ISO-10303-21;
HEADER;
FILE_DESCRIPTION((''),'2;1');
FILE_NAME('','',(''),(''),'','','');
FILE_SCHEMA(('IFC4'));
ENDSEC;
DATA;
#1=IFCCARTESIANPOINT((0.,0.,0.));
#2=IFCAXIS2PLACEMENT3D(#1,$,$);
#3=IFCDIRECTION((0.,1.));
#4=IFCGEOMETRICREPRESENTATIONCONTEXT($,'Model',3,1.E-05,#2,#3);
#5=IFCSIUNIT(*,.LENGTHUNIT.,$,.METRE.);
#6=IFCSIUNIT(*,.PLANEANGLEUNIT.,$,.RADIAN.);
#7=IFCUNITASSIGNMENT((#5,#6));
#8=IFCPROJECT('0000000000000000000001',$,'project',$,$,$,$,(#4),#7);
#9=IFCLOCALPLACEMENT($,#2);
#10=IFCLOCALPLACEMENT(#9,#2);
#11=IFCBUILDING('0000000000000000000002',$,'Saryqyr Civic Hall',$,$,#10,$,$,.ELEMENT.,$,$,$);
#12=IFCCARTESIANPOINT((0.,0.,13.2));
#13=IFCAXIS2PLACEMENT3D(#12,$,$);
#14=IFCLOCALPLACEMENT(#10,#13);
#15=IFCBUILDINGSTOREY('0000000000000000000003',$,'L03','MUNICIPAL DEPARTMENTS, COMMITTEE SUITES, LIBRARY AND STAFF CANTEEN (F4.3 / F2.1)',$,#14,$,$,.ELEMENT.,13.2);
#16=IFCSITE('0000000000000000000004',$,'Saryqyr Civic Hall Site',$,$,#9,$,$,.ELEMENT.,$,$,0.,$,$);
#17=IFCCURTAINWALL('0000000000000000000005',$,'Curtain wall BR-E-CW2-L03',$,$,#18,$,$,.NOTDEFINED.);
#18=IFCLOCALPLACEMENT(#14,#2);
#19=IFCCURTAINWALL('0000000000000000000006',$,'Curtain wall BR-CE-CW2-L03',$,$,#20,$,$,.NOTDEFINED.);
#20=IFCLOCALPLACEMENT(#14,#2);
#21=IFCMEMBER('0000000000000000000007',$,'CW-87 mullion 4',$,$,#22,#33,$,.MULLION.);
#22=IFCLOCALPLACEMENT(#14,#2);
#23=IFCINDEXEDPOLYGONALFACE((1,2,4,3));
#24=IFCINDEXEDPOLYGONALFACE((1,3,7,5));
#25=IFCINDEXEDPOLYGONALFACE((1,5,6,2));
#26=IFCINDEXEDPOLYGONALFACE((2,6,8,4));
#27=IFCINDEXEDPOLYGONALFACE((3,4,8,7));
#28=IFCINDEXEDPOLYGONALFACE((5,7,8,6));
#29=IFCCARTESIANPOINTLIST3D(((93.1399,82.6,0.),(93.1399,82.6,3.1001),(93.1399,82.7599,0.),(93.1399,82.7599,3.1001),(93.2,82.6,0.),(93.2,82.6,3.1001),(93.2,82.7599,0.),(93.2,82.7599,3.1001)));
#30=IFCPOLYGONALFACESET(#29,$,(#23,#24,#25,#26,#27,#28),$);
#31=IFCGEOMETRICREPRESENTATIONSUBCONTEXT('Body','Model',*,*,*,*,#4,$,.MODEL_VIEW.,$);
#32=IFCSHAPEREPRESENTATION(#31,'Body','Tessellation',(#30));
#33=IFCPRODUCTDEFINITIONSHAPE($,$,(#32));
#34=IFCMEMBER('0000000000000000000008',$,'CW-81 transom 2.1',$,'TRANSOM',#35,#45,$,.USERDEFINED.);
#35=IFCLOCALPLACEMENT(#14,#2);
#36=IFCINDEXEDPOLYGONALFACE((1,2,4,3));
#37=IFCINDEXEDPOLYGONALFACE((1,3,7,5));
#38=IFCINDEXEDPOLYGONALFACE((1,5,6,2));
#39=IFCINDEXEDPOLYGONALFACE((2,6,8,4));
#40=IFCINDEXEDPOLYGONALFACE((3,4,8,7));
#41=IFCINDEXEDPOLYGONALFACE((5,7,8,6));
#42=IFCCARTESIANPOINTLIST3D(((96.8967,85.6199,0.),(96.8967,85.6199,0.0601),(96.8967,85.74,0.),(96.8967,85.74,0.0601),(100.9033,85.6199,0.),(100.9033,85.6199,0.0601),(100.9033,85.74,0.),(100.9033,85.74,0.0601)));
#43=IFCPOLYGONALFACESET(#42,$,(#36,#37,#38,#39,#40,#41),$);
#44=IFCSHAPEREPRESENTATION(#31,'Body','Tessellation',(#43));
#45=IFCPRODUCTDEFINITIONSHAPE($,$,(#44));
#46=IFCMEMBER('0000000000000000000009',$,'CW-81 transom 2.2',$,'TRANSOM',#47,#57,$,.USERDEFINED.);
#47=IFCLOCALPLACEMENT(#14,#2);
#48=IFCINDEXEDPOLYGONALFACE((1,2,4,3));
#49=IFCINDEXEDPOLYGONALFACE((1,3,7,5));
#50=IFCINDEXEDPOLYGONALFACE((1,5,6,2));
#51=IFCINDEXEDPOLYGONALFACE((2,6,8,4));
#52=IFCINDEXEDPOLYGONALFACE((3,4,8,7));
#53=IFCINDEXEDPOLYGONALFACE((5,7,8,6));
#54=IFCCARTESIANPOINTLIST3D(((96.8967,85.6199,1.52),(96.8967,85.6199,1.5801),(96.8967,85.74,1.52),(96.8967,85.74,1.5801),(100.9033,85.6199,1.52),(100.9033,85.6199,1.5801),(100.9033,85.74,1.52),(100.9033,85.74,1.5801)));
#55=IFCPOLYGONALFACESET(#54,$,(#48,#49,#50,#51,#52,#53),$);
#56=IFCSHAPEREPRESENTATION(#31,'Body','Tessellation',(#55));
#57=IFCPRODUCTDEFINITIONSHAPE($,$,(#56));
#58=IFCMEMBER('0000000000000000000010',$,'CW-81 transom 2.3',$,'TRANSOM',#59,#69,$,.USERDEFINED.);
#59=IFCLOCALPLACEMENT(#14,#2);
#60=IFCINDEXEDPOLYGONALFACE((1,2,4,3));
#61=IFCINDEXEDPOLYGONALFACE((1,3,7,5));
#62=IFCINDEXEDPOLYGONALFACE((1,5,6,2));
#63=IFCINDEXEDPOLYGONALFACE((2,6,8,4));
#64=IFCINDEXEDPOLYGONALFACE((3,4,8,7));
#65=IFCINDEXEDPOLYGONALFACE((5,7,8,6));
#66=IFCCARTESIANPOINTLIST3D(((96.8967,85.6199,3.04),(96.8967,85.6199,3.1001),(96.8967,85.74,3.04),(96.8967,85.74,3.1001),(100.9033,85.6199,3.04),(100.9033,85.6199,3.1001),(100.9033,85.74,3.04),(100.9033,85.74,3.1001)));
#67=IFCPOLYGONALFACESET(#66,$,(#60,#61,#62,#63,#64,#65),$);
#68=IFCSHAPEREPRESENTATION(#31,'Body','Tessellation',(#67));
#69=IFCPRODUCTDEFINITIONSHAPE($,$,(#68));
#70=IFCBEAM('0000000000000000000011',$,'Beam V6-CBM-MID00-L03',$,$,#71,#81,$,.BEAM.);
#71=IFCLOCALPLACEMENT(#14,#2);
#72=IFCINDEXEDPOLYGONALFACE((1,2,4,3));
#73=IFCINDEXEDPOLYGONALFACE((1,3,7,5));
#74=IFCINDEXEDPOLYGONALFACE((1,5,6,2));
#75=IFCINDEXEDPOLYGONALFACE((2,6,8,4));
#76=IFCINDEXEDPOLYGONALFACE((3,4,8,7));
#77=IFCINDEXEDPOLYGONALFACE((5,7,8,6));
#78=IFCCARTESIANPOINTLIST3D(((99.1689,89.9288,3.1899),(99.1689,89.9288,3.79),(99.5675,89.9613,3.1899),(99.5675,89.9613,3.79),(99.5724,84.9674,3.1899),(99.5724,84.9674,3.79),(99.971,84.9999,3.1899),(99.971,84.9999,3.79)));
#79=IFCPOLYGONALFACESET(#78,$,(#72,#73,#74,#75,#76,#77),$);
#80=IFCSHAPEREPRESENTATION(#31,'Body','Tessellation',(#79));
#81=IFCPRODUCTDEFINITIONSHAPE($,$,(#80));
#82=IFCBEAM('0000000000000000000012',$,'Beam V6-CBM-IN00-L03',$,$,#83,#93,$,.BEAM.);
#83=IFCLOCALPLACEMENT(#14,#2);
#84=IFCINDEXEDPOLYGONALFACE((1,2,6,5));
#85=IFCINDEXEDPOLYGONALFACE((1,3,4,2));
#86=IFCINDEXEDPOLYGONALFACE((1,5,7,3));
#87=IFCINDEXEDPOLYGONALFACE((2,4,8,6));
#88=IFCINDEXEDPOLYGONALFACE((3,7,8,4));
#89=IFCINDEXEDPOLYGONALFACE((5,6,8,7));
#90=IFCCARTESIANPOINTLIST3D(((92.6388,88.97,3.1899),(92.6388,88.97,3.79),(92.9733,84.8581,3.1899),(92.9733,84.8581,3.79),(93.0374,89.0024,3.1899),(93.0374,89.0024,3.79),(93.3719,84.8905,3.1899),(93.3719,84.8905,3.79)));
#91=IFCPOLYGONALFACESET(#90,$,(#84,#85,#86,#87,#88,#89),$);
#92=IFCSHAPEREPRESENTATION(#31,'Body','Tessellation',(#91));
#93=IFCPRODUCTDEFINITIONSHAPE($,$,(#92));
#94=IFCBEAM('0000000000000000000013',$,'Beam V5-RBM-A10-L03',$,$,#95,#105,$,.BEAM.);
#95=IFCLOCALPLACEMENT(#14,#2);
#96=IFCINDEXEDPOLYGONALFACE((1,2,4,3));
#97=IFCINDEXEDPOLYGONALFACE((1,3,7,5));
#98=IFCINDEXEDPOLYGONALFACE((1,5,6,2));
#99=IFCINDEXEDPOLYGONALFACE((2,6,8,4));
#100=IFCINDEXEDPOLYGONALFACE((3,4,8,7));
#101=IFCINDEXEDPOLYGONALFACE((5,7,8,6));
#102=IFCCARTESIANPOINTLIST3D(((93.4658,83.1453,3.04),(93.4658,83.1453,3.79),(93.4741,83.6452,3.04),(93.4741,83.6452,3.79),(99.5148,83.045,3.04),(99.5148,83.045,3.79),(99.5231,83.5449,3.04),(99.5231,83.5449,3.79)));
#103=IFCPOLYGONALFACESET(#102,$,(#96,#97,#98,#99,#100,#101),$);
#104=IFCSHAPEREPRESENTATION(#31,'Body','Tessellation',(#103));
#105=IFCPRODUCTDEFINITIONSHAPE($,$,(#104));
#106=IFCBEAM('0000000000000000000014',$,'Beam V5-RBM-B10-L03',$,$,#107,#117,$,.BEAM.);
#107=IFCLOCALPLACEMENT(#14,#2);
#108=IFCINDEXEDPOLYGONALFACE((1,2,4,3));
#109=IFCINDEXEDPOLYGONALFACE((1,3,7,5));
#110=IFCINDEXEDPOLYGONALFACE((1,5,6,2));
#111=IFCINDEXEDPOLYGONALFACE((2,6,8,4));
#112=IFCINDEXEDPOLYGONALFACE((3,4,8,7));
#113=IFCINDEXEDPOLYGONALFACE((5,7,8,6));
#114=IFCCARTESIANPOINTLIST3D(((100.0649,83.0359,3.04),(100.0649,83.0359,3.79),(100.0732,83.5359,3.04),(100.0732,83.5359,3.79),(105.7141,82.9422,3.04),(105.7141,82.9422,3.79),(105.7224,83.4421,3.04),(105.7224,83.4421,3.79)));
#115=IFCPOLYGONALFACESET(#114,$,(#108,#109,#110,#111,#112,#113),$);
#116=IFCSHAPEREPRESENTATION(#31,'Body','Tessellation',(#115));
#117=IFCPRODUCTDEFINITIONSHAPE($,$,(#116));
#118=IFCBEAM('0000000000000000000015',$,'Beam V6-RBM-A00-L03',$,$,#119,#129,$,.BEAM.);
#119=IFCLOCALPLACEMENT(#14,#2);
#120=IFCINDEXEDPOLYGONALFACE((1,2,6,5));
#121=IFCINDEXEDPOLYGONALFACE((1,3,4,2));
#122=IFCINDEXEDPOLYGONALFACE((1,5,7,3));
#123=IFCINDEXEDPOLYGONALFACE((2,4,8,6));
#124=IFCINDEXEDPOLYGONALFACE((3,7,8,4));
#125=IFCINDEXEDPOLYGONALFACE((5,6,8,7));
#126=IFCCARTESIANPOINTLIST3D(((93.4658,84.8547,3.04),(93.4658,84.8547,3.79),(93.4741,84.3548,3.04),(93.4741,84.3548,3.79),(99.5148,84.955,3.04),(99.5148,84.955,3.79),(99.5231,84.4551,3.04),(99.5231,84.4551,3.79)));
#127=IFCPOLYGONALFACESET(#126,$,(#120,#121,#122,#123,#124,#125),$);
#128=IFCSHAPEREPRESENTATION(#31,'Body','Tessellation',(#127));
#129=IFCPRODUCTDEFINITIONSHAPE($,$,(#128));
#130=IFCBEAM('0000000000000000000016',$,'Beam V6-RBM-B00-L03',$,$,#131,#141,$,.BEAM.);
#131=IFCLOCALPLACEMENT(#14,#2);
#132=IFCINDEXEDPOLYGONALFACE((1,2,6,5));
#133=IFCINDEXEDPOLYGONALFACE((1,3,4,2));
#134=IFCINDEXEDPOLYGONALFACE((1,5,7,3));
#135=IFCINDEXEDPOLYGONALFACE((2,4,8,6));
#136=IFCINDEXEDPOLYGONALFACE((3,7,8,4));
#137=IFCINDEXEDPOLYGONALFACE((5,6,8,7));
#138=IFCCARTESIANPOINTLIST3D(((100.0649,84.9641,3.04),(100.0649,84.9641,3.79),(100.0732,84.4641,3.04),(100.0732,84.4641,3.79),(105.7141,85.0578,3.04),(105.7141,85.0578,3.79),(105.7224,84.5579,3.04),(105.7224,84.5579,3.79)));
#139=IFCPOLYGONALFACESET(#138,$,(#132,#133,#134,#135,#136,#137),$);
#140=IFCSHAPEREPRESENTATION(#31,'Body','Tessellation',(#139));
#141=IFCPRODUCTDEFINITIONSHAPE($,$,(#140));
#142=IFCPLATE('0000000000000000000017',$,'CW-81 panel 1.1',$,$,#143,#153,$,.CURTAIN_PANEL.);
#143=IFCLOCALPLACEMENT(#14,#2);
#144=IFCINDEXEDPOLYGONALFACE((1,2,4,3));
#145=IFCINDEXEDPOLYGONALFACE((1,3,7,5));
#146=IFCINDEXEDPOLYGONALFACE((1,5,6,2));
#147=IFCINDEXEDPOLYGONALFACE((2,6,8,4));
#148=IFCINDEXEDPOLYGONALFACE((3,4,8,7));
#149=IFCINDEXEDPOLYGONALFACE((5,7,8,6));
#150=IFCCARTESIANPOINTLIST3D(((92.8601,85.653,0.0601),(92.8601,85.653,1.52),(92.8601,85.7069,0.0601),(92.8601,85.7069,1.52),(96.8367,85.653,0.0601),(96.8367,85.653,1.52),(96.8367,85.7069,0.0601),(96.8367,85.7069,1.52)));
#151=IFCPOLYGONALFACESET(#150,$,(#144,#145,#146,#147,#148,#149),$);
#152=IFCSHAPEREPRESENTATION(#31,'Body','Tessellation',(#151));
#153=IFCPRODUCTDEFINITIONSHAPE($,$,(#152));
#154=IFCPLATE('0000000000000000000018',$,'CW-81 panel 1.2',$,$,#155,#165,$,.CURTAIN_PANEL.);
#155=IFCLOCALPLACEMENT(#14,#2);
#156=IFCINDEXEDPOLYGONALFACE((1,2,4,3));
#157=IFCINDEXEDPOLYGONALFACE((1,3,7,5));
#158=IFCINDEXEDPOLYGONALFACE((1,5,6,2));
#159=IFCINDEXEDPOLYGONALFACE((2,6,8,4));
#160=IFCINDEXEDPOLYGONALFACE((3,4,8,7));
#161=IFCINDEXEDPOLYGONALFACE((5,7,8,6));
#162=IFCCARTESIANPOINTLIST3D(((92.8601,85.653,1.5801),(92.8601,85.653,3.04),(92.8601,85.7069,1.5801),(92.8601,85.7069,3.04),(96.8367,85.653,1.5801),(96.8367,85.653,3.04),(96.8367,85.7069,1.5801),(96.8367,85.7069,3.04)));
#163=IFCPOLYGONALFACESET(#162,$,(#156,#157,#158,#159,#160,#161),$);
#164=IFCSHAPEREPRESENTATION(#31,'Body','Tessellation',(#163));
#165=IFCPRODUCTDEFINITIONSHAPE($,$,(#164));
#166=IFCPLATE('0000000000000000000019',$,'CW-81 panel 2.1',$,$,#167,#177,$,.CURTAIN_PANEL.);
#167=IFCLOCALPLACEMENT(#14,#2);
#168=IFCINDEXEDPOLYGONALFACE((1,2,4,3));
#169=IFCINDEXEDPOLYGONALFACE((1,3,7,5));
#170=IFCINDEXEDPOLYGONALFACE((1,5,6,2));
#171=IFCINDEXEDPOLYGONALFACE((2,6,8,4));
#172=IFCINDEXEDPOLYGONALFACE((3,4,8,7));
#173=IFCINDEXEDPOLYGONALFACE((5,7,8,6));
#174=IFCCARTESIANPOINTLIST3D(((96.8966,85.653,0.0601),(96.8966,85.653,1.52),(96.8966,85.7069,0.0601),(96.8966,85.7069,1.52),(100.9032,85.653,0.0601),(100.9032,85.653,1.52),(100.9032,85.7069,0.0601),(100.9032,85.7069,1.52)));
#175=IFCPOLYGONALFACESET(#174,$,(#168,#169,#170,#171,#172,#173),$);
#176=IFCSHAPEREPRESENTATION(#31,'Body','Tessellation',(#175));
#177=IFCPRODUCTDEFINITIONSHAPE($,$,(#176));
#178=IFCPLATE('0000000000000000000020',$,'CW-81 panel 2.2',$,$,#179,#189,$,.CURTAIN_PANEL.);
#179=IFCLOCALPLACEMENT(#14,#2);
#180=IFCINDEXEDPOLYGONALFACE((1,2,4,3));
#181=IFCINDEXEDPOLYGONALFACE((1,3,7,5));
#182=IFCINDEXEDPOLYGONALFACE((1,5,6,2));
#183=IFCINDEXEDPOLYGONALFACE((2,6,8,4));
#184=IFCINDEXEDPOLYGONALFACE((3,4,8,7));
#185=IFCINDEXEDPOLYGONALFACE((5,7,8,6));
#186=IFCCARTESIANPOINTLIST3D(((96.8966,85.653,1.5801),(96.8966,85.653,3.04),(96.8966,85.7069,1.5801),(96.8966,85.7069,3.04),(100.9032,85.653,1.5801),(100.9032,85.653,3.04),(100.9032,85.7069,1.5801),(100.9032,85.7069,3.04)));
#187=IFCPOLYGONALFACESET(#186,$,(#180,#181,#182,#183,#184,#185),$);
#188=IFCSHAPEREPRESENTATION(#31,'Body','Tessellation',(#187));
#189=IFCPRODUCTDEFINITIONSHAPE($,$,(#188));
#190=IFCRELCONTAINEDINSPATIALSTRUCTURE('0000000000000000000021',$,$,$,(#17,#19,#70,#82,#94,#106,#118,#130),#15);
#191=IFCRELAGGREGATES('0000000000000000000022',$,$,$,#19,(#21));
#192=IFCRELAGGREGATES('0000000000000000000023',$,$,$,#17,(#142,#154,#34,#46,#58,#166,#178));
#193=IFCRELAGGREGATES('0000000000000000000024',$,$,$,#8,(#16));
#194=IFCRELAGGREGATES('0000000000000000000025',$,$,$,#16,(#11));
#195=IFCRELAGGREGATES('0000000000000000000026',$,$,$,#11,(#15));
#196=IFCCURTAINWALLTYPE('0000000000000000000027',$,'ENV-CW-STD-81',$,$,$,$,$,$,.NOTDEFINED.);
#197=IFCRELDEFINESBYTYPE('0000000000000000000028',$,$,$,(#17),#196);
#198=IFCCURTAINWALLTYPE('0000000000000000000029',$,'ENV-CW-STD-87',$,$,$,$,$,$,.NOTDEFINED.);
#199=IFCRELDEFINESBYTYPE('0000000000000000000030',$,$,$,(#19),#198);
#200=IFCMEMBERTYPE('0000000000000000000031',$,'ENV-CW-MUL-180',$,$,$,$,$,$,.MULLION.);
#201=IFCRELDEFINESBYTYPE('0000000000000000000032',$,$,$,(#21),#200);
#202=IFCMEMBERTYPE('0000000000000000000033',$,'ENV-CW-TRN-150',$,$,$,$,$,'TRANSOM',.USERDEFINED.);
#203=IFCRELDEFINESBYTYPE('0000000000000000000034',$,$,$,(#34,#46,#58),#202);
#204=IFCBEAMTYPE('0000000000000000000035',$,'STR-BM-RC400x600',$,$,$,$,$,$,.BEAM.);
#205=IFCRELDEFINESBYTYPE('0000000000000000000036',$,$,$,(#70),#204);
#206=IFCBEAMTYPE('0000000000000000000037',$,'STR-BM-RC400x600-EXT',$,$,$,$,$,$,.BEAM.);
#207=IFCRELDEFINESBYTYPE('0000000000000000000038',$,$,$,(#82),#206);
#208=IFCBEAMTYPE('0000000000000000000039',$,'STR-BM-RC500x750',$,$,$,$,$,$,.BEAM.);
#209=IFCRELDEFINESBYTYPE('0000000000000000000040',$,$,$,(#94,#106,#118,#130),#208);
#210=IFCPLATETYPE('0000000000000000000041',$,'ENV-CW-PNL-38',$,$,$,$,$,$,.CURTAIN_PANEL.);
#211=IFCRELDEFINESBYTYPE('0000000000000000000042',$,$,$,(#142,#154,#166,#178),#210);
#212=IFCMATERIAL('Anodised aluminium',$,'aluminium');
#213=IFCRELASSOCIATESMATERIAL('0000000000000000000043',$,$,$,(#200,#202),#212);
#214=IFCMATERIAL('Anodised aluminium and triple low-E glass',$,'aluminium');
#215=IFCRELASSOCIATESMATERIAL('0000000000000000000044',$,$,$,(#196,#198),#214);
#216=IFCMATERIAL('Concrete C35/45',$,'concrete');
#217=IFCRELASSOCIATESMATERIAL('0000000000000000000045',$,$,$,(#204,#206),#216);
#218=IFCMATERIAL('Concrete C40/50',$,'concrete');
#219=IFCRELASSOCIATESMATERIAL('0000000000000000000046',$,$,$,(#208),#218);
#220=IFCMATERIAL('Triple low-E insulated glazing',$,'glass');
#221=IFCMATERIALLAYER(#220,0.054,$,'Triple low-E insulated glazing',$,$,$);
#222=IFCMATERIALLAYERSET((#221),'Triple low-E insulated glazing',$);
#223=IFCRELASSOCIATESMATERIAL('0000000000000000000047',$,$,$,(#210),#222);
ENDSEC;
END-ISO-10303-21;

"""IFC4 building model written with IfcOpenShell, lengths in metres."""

from ifc_helpers import new_model, si_unit, direction, frame, origin, origin_2d, place, context, subcontext, project, spatial, rectangle, extrude, material, layer, layer_set, material_profile, profile_set, type_object, element, aggregate, save


model = new_model("IFC4")

# Units and contexts
model_context = context("Model", 3, precision=1e-05, world=origin(), true_north=direction((0.0, 1.0)))
body_context = subcontext(model_context, "Body", "Model", "MODEL_VIEW")
ifc_project = project(units=[si_unit("LENGTHUNIT", "METRE"), si_unit("PLANEANGLEUNIT", "RADIAN")], contexts=[model_context])

# Site, building, storey
site_placement = place(None, origin())
site = spatial("IfcSite", under=ifc_project, at=site_placement, Name="Saryqyr Civic Hall Site", CompositionType="ELEMENT", RefElevation=0.0)
building_placement = place(site_placement, origin())
building = spatial("IfcBuilding", under=site, at=building_placement, Name="Saryqyr Civic Hall", CompositionType="ELEMENT")
storey_placement = place(building_placement, frame((0.0, 0.0, 13.2)))
storey = spatial("IfcBuildingStorey", under=building, at=storey_placement, Name="L03", Description="MUNICIPAL DEPARTMENTS, COMMITTEE SUITES, LIBRARY AND STAFF CANTEEN (F4.3 / F2.1)", CompositionType="ELEMENT", Elevation=13.2)

# Shared definitions
ifc_material_1 = material(Name="Concrete C40/50", Category="concrete")

# Curtain walls, member
ifc_material_2 = material(Name="Anodised aluminium and triple low-E glass", Category="aluminium")
ifc_material_3 = material(Name="Anodised aluminium", Category="aluminium")
ifc_material_profile_1 = material_profile(ifc_material_3, rectangle(XDim=0.0601, YDim=0.1599, at=origin_2d()), Name="ALU MULLION 60x160")
ifc_profile_set_1 = profile_set([ifc_material_profile_1], Name="Anodised aluminium")
member_type_1 = type_object("IfcMemberType", Name="ENV-CW-MUL-180", PredefinedType="MULLION", material=ifc_profile_set_1)
curtain_wall_type_1 = type_object("IfcCurtainWallType", Name="ENV-CW-STD-81", PredefinedType="NOTDEFINED", material=ifc_material_2)
curtain_wall_1_placement = place(storey_placement, origin())
curtain_wall_1 = element("IfcCurtainWall", 1, at=curtain_wall_1_placement, inside=storey, type_object=curtain_wall_type_1, Name="Curtain wall BR-E-CW2-L03", PredefinedType="NOTDEFINED")
curtain_wall_type_2 = type_object("IfcCurtainWallType", Name="ENV-CW-STD-87", PredefinedType="NOTDEFINED", material=ifc_material_2)
curtain_wall_2_placement = place(storey_placement, origin())
curtain_wall_2 = element("IfcCurtainWall", 2, at=curtain_wall_2_placement, inside=storey, type_object=curtain_wall_type_2, Name="Curtain wall BR-CE-CW2-L03", PredefinedType="NOTDEFINED")
member_1_placement = place(storey_placement, frame((93.1699, 82.6799, 0.0), z_axis=(0.0, 0.0, 1.0), x_axis=(1.0, 0.0, 0.0)))
member_1 = element("IfcMember", 3, at=member_1_placement, type_object=member_type_1, Name="CW-87 mullion 4", PredefinedType="MULLION", context=body_context, shape_type="SweptSolid", body=[
    extrude(rectangle(XDim=0.0601, YDim=0.1599, at=origin_2d()), origin(), (0.0, 0.0, 1.0), 3.1001),
])
aggregate(curtain_wall_2, [member_1])

# Members
ifc_material_profile_2 = material_profile(ifc_material_3, rectangle(XDim=0.1201, YDim=0.0601, at=origin_2d()), Name="ALU TRANSOM 120x60")
ifc_profile_set_2 = profile_set([ifc_material_profile_2], Name="Anodised aluminium")
member_type_2 = type_object("IfcMemberType", Name="ENV-CW-TRN-150", ElementType="TRANSOM", PredefinedType="USERDEFINED", material=ifc_profile_set_2)
member_2_placement = place(storey_placement, frame((96.8967, 85.6799, 0.03), z_axis=(1.0, 0.0, 0.0), x_axis=(0.0, 1.0, 0.0)))
member_2 = element("IfcMember", 4, at=member_2_placement, type_object=member_type_2, Name="CW-81 transom 2.1", ObjectType="TRANSOM", PredefinedType="USERDEFINED", context=body_context, shape_type="SweptSolid", body=[
    extrude(rectangle(XDim=0.1201, YDim=0.0601, at=origin_2d()), origin(), (0.0, 0.0, 1.0), 4.0066),
])
member_3_placement = place(storey_placement, frame((96.8967, 85.6799, 1.55), z_axis=(1.0, 0.0, 0.0), x_axis=(0.0, 1.0, 0.0)))
member_3 = element("IfcMember", 5, at=member_3_placement, type_object=member_type_2, Name="CW-81 transom 2.2", ObjectType="TRANSOM", PredefinedType="USERDEFINED", context=body_context, shape_type="SweptSolid", body=[
    extrude(rectangle(XDim=0.1201, YDim=0.0601, at=origin_2d()), origin(), (0.0, 0.0, 1.0), 4.0066),
])
member_4_placement = place(storey_placement, frame((96.8967, 85.6799, 3.0701), z_axis=(1.0, 0.0, 0.0), x_axis=(0.0, 1.0, 0.0)))
member_4 = element("IfcMember", 6, at=member_4_placement, type_object=member_type_2, Name="CW-81 transom 2.3", ObjectType="TRANSOM", PredefinedType="USERDEFINED", context=body_context, shape_type="SweptSolid", body=[
    extrude(rectangle(XDim=0.1201, YDim=0.0601, at=origin_2d()), origin(), (0.0, 0.0, 1.0), 4.0066),
])

# Beams
ifc_material_4 = material(Name="Concrete C35/45", Category="concrete")
ifc_material_profile_3 = material_profile(ifc_material_4, rectangle(XDim=0.3999, YDim=0.6001, at=origin_2d()), Name="RC 400x600")
ifc_profile_set_3 = profile_set([ifc_material_profile_3], Name="Concrete C35/45")
beam_type_1 = type_object("IfcBeamType", Name="STR-BM-RC400x600", PredefinedType="BEAM", material=ifc_profile_set_3)
beam_1_placement = place(storey_placement, frame((99.7717, 84.9836, 3.49), z_axis=(-0.081073, 0.996708, 0.0), x_axis=(-0.996708, -0.081073, 0.0)))
element("IfcBeam", 7, at=beam_1_placement, inside=storey, type_object=beam_type_1, Name="Beam V6-CBM-MID00-L03", PredefinedType="BEAM", context=body_context, shape_type="SweptSolid", body=[
    extrude(rectangle(XDim=0.3999, YDim=0.6001, at=origin_2d()), origin(), (0.0, 0.0, 1.0), 4.9778),
])
ifc_material_profile_4 = material_profile(ifc_material_4, rectangle(XDim=0.3999, YDim=0.6001, at=origin_2d()), Name="RC 400x600")
ifc_profile_set_4 = profile_set([ifc_material_profile_4], Name="Concrete C35/45")
beam_type_2 = type_object("IfcBeamType", Name="STR-BM-RC400x600-EXT", PredefinedType="BEAM", material=ifc_profile_set_4)
beam_2_placement = place(storey_placement, frame((93.1726, 84.8743, 3.49), z_axis=(-0.081076, 0.996708, 0.0), x_axis=(-0.996708, -0.081076, 0.0)))
element("IfcBeam", 8, at=beam_2_placement, inside=storey, type_object=beam_type_2, Name="Beam V6-CBM-IN00-L03", PredefinedType="BEAM", context=body_context, shape_type="SweptSolid", body=[
    extrude(rectangle(XDim=0.3999, YDim=0.6001, at=origin_2d()), origin(), (0.0, 0.0, 1.0), 4.1255),
])
ifc_material_profile_5 = material_profile(ifc_material_1, rectangle(XDim=0.5, YDim=0.75, at=origin_2d()), Name="RC 500x750")
ifc_profile_set_5 = profile_set([ifc_material_profile_5], Name="Concrete C40/50")
beam_type_3 = type_object("IfcBeamType", Name="STR-BM-RC500x750", PredefinedType="BEAM", material=ifc_profile_set_5)
beam_3_placement = place(storey_placement, frame((93.47, 83.3953, 3.415), z_axis=(0.999862, -0.016586, 0.0), x_axis=(0.016586, 0.999862, 0.0)))
element("IfcBeam", 9, at=beam_3_placement, inside=storey, type_object=beam_type_3, Name="Beam V5-RBM-A10-L03", PredefinedType="BEAM", context=body_context, shape_type="SweptSolid", body=[
    extrude(rectangle(XDim=0.5, YDim=0.75, at=origin_2d()), origin(), (0.0, 0.0, 1.0), 6.0498),
])
beam_4_placement = place(storey_placement, frame((100.0691, 83.2859, 3.415), z_axis=(0.999862, -0.016593, 0.0), x_axis=(0.016593, 0.999862, 0.0)))
element("IfcBeam", 10, at=beam_4_placement, inside=storey, type_object=beam_type_3, Name="Beam V5-RBM-B10-L03", PredefinedType="BEAM", context=body_context, shape_type="SweptSolid", body=[
    extrude(rectangle(XDim=0.5, YDim=0.75, at=origin_2d()), origin(), (0.0, 0.0, 1.0), 5.6499),
])
beam_5_placement = place(storey_placement, frame((93.47, 84.6047, 3.415), z_axis=(0.999862, 0.016586, 0.0), x_axis=(-0.016586, 0.999862, 0.0)))
element("IfcBeam", 11, at=beam_5_placement, inside=storey, type_object=beam_type_3, Name="Beam V6-RBM-A00-L03", PredefinedType="BEAM", context=body_context, shape_type="SweptSolid", body=[
    extrude(rectangle(XDim=0.5, YDim=0.75, at=origin_2d()), origin(), (0.0, 0.0, 1.0), 6.0498),
])
beam_6_placement = place(storey_placement, frame((100.0691, 84.7141, 3.415), z_axis=(0.999862, 0.016593, 0.0), x_axis=(-0.016593, 0.999862, 0.0)))
element("IfcBeam", 12, at=beam_6_placement, inside=storey, type_object=beam_type_3, Name="Beam V6-RBM-B00-L03", PredefinedType="BEAM", context=body_context, shape_type="SweptSolid", body=[
    extrude(rectangle(XDim=0.5, YDim=0.75, at=origin_2d()), origin(), (0.0, 0.0, 1.0), 5.6499),
])

# Plates
ifc_material_5 = material(Name="Triple low-E insulated glazing", Category="glass")
ifc_layer_1 = layer(ifc_material_5, 0.054, Name="Triple low-E insulated glazing")
ifc_layer_set_1 = layer_set([ifc_layer_1], Name="Triple low-E insulated glazing")
plate_type = type_object("IfcPlateType", Name="ENV-CW-PNL-38", PredefinedType="CURTAIN_PANEL", material=ifc_layer_set_1)
plate_1_placement = place(storey_placement, frame((94.8484, 85.6799, 0.0601), z_axis=(0.0, 0.0, 1.0), x_axis=(1.0, 0.0, 0.0)))
plate_1 = element("IfcPlate", 13, at=plate_1_placement, type_object=plate_type, Name="CW-81 panel 1.1", PredefinedType="CURTAIN_PANEL", context=body_context, shape_type="SweptSolid", body=[
    extrude(rectangle(XDim=3.9766, YDim=0.054, at=origin_2d()), origin(), (0.0, 0.0, 1.0), 1.46),
])
plate_2_placement = place(storey_placement, frame((94.8484, 85.6799, 1.5801), z_axis=(0.0, 0.0, 1.0), x_axis=(1.0, 0.0, 0.0)))
plate_2 = element("IfcPlate", 14, at=plate_2_placement, type_object=plate_type, Name="CW-81 panel 1.2", PredefinedType="CURTAIN_PANEL", context=body_context, shape_type="SweptSolid", body=[
    extrude(rectangle(XDim=3.9766, YDim=0.054, at=origin_2d()), origin(), (0.0, 0.0, 1.0), 1.46),
])
plate_3_placement = place(storey_placement, frame((98.8999, 85.6799, 0.0601), z_axis=(0.0, 0.0, 1.0), x_axis=(1.0, 0.0, 0.0)))
plate_3 = element("IfcPlate", 15, at=plate_3_placement, type_object=plate_type, Name="CW-81 panel 2.1", PredefinedType="CURTAIN_PANEL", context=body_context, shape_type="SweptSolid", body=[
    extrude(rectangle(XDim=4.0066, YDim=0.054, at=origin_2d()), origin(), (0.0, 0.0, 1.0), 1.46),
])
plate_4_placement = place(storey_placement, frame((98.8999, 85.6799, 1.5801), z_axis=(0.0, 0.0, 1.0), x_axis=(1.0, 0.0, 0.0)))
plate_4 = element("IfcPlate", 16, at=plate_4_placement, type_object=plate_type, Name="CW-81 panel 2.2", PredefinedType="CURTAIN_PANEL", context=body_context, shape_type="SweptSolid", body=[
    extrude(rectangle(XDim=4.0066, YDim=0.054, at=origin_2d()), origin(), (0.0, 0.0, 1.0), 1.46),
])
aggregate(curtain_wall_1, [plate_1, plate_2, member_2, member_3, member_4, plate_3, plate_4])

save(model, "model.ifc")
